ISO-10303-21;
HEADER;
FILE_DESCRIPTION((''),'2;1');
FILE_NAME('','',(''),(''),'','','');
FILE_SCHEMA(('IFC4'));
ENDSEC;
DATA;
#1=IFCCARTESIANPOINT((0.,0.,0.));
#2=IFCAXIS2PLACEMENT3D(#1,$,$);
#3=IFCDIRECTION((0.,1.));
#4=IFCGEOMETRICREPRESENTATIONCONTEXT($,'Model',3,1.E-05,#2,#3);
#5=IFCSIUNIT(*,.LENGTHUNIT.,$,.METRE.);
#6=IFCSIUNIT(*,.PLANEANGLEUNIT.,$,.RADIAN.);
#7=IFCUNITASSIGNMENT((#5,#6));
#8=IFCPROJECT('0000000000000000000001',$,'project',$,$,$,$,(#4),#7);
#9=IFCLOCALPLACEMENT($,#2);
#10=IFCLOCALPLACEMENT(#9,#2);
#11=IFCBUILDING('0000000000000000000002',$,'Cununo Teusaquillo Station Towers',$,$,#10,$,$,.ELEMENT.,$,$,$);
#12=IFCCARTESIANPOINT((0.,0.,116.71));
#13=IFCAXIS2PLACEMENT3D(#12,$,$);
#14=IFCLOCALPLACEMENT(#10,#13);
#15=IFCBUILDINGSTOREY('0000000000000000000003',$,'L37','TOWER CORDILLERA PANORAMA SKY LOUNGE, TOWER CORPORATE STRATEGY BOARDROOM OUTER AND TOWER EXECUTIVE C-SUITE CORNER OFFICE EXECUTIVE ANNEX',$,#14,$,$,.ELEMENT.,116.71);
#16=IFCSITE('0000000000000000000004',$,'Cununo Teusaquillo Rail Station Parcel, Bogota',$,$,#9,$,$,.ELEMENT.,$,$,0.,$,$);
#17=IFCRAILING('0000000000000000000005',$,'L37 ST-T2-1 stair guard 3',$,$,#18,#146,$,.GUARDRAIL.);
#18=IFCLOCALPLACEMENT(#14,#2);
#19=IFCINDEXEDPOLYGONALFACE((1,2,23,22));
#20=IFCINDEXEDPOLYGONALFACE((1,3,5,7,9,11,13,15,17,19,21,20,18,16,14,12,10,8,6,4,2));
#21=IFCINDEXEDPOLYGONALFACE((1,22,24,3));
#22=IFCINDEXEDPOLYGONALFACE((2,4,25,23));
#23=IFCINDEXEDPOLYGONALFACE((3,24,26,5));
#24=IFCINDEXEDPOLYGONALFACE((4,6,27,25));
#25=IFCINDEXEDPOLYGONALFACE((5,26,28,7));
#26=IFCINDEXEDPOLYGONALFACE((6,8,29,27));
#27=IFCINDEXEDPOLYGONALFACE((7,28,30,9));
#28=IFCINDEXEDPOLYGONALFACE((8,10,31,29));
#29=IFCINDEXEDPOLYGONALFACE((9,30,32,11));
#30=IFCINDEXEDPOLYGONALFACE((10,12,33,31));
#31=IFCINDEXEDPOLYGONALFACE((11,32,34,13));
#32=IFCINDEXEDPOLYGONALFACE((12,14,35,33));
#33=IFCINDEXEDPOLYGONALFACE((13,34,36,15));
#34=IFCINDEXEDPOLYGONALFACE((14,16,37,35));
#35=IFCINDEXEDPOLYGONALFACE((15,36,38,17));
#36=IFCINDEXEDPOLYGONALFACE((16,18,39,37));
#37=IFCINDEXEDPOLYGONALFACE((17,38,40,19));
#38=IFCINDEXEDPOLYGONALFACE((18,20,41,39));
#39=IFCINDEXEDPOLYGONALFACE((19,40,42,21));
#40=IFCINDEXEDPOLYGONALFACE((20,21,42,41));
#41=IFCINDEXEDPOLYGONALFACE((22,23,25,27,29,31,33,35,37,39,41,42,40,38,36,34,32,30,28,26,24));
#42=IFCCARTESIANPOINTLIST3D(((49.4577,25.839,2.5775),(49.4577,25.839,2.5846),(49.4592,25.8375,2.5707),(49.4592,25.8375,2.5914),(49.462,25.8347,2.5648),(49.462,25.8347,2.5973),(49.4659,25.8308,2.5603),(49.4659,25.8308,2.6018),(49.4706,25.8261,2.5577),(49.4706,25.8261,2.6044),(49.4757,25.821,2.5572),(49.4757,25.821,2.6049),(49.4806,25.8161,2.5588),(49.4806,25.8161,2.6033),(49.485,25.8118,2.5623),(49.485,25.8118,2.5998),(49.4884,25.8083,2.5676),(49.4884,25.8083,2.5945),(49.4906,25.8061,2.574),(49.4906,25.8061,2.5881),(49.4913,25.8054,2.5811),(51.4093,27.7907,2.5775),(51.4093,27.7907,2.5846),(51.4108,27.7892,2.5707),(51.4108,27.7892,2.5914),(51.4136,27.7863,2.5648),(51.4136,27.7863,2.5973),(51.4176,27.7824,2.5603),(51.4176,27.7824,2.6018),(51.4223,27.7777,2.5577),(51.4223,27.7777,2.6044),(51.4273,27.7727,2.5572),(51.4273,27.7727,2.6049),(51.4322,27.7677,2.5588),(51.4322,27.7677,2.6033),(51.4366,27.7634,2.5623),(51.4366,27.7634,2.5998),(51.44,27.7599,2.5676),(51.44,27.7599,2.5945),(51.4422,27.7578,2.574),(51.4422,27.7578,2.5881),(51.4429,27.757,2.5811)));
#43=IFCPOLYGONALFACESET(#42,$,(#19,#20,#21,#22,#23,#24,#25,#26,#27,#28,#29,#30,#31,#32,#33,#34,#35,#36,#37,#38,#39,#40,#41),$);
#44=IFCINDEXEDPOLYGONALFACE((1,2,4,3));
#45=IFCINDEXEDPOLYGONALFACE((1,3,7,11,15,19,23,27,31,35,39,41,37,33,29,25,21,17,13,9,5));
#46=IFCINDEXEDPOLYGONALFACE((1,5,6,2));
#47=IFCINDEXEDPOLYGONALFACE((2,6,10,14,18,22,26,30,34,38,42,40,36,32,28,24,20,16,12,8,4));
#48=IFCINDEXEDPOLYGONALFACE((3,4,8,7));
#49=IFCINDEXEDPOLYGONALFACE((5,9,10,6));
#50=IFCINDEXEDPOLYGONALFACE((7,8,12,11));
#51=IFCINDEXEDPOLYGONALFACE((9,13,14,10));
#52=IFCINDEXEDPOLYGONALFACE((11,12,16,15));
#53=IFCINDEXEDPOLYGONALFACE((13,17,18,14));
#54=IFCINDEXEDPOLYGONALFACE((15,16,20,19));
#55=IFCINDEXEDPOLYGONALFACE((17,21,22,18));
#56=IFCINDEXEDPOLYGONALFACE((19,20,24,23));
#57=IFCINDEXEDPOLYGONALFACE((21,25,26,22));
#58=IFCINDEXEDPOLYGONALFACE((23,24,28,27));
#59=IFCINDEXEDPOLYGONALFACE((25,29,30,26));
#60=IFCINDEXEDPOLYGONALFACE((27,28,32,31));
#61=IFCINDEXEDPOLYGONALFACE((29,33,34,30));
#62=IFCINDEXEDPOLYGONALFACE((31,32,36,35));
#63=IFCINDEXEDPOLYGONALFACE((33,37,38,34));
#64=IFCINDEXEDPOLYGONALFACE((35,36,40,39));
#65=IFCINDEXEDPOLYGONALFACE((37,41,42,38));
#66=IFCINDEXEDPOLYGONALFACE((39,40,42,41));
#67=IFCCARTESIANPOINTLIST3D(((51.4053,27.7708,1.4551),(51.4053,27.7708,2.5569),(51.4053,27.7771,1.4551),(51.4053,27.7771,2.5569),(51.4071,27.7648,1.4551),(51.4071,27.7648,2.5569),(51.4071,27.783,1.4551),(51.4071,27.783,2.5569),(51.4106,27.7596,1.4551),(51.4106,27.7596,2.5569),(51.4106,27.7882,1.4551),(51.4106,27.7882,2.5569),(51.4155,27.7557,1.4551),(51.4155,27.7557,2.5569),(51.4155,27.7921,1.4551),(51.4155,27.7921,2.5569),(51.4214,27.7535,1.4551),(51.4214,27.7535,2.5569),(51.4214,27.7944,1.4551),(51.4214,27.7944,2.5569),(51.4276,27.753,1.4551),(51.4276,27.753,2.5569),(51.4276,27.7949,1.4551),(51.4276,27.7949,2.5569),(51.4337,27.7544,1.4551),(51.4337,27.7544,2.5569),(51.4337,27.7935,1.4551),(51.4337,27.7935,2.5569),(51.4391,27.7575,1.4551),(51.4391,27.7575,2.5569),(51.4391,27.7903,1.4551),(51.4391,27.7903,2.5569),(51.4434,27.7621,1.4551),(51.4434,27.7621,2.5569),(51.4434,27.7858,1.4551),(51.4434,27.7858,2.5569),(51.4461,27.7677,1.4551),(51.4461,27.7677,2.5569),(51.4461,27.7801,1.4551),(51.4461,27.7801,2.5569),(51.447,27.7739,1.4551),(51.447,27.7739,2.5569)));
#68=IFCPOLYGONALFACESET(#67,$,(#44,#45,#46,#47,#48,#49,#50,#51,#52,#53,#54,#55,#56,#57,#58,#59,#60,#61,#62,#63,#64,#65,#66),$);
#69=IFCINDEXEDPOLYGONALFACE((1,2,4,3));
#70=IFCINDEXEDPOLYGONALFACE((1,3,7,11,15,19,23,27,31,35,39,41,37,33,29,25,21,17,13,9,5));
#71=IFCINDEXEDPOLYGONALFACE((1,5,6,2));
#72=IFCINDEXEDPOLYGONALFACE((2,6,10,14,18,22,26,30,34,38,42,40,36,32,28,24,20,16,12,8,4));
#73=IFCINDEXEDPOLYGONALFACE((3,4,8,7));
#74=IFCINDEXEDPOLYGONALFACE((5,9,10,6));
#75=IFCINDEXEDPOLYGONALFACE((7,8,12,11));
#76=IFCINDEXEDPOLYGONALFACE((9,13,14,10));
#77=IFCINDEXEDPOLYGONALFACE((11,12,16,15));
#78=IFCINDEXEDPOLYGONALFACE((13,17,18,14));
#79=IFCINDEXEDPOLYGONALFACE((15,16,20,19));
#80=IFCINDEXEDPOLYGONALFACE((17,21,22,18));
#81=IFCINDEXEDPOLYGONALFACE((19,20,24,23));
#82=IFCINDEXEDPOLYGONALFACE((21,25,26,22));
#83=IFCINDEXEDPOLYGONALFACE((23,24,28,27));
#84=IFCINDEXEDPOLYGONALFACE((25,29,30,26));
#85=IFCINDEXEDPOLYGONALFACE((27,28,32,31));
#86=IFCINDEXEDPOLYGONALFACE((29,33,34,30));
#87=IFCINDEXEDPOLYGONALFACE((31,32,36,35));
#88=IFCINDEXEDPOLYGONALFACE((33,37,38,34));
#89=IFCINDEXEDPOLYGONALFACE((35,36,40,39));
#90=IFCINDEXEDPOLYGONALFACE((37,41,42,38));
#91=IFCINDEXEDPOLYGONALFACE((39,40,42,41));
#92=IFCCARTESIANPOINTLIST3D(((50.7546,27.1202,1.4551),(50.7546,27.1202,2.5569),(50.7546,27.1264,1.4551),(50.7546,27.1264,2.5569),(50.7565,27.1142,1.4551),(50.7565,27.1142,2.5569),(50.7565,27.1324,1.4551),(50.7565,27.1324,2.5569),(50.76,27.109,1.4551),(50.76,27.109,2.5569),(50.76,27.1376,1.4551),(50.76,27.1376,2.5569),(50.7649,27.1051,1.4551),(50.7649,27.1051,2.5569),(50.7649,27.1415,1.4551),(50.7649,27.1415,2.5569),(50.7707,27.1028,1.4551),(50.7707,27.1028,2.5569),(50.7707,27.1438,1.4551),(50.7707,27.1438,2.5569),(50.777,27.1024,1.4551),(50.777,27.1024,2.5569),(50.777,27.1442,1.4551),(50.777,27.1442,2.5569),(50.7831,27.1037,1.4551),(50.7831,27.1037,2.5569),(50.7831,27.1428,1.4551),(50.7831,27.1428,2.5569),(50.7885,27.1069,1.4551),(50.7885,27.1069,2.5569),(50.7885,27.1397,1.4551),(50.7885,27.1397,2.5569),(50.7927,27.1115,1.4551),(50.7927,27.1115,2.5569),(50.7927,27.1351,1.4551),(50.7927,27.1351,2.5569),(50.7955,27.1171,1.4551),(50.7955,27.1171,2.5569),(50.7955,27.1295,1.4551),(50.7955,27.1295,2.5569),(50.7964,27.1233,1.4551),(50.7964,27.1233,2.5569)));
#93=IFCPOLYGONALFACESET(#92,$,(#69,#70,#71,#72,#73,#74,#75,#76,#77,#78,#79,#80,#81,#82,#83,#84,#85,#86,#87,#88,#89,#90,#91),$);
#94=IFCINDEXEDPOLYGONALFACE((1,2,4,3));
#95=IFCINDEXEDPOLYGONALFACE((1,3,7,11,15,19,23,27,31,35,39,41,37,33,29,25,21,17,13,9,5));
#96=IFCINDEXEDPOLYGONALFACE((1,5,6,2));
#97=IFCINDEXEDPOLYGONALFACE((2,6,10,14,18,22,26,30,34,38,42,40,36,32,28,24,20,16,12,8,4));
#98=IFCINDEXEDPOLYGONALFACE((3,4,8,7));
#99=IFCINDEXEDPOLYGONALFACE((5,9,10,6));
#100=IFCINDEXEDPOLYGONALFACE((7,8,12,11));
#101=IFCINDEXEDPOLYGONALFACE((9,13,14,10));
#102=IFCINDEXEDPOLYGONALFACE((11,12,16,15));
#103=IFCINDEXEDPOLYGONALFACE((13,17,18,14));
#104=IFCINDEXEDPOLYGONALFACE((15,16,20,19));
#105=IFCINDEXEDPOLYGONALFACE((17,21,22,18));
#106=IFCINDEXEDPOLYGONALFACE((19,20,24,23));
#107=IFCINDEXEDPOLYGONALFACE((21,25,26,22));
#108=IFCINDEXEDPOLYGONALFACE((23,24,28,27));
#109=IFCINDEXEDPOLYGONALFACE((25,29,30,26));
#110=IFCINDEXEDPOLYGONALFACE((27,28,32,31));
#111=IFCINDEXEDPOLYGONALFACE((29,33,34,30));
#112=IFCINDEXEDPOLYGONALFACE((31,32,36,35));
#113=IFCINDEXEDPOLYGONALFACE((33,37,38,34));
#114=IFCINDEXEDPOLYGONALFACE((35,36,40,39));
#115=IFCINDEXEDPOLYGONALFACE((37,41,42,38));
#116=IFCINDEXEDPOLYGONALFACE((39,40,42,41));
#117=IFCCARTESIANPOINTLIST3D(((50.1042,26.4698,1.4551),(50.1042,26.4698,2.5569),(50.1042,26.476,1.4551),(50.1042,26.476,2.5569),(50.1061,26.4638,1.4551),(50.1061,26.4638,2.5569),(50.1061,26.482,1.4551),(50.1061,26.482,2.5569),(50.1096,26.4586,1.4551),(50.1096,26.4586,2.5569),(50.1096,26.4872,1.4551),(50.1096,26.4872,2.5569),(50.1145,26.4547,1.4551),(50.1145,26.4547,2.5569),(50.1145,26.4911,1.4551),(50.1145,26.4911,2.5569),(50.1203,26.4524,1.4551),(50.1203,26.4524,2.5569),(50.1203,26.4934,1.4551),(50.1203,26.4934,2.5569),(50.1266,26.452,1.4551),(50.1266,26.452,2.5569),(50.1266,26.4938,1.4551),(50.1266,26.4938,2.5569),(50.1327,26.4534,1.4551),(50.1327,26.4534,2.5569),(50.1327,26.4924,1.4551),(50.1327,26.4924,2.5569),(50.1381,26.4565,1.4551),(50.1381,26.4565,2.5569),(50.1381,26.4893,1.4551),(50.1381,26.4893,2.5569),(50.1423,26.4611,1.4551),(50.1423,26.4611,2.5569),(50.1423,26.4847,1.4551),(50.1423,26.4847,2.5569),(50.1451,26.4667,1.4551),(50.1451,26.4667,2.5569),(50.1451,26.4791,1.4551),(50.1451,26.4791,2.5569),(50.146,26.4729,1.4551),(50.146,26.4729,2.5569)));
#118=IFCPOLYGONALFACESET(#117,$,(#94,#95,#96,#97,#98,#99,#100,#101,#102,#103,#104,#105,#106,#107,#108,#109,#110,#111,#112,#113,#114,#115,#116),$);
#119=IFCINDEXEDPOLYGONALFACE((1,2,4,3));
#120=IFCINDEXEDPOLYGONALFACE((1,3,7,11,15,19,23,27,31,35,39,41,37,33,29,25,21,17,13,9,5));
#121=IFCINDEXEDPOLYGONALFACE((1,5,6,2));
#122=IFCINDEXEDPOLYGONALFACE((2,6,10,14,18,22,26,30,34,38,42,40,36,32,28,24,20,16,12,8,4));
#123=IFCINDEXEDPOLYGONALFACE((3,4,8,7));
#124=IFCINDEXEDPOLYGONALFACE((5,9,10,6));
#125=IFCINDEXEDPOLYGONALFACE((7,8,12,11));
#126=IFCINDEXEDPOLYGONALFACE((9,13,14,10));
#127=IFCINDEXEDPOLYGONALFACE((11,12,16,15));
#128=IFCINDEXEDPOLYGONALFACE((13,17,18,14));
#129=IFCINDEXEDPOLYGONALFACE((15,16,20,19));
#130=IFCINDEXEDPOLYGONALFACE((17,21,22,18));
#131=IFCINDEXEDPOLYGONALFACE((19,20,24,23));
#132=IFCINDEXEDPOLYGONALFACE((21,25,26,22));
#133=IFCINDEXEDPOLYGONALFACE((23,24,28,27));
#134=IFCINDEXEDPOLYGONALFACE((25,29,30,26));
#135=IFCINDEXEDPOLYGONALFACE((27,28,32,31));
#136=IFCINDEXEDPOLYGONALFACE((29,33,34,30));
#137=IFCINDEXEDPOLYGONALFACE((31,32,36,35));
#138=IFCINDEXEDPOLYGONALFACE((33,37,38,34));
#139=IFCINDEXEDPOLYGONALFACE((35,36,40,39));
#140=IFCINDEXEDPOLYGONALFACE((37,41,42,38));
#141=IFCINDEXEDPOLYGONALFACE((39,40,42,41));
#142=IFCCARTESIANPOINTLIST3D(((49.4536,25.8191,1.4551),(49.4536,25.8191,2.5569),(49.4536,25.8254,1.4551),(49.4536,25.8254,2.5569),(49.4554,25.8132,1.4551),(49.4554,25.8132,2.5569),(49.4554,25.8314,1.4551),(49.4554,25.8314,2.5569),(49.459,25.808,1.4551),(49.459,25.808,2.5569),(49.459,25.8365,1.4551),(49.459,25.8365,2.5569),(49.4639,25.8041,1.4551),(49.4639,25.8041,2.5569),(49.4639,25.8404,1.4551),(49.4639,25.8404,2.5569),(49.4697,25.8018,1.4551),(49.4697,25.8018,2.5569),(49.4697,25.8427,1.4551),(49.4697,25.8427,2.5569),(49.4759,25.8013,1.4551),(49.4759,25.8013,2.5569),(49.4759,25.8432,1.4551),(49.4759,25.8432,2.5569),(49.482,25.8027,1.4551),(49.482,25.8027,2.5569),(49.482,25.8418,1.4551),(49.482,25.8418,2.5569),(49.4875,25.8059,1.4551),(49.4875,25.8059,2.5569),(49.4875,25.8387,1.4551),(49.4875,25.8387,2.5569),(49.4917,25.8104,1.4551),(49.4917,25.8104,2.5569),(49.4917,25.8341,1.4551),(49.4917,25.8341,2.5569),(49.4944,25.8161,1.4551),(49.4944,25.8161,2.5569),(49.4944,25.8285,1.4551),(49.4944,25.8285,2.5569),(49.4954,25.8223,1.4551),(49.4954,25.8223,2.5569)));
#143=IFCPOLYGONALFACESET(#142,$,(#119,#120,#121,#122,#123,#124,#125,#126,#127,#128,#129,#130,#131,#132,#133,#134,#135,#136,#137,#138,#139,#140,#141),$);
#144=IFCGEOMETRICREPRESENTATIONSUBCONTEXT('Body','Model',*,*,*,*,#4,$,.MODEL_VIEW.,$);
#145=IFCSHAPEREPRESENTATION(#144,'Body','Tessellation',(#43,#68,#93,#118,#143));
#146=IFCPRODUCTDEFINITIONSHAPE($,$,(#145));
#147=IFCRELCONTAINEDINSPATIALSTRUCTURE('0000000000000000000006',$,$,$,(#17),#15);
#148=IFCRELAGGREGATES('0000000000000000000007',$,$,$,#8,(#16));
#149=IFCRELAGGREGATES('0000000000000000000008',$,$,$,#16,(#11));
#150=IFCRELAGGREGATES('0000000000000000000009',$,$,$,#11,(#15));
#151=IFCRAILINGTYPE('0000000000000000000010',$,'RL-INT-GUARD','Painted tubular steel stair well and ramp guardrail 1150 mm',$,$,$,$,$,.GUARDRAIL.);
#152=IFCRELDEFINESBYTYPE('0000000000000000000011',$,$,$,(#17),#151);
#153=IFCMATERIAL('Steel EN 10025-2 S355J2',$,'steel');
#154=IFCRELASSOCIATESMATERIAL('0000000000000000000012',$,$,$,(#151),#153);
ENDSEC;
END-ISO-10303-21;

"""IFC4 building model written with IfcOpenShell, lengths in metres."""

from ifc_helpers import new_model, si_unit, direction, frame, origin, origin_2d, place, context, subcontext, project, spatial, circle, extrude, material, type_object, element, save


model = new_model("IFC4")

# Units and contexts
model_context = context("Model", 3, precision=1e-05, world=origin(), true_north=direction((0.0, 1.0)))
body_context = subcontext(model_context, "Body", "Model", "MODEL_VIEW")
ifc_project = project(units=[si_unit("LENGTHUNIT", "METRE"), si_unit("PLANEANGLEUNIT", "RADIAN")], contexts=[model_context])

# Site, building, storey
site_placement = place(None, origin())
site = spatial("IfcSite", under=ifc_project, at=site_placement, Name="Cununo Teusaquillo Rail Station Parcel, Bogota", CompositionType="ELEMENT", RefElevation=0.0)
building_placement = place(site_placement, origin())
building = spatial("IfcBuilding", under=site, at=building_placement, Name="Cununo Teusaquillo Station Towers", CompositionType="ELEMENT")
storey_placement = place(building_placement, frame((0.0, 0.0, 116.71)))
storey = spatial("IfcBuildingStorey", under=building, at=storey_placement, Name="L37", Description="TOWER CORDILLERA PANORAMA SKY LOUNGE, TOWER CORPORATE STRATEGY BOARDROOM OUTER AND TOWER EXECUTIVE C-SUITE CORNER OFFICE EXECUTIVE ANNEX", CompositionType="ELEMENT", Elevation=116.71)

# Railing
ifc_material_1 = material(Name="Steel EN 10025-2 S355J2", Category="steel")
railing_type = type_object("IfcRailingType", Name="RL-INT-GUARD", Description="Painted tubular steel stair well and ramp guardrail 1150 mm", PredefinedType="GUARDRAIL", material=ifc_material_1)
railing_1_placement = place(storey_placement, frame((51.426, 27.7739, 1.4551)))
element("IfcRailing", 1, at=railing_1_placement, inside=storey, type_object=railing_type, Name="L37 ST-T2-1 stair guard 3", PredefinedType="GUARDRAIL", context=body_context, shape_type="SweptSolid", body=[
    extrude(circle(Radius=0.0239, at=origin_2d()), frame((0.0, 0.0, 1.126), z_axis=(-0.707107, -0.707107, 0.0), x_axis=(0.707107, -0.707107, 0.0)), (0.0, 0.0, 1.0), 2.76),
    extrude(circle(Radius=0.021, at=origin_2d()), origin(), (0.0, 0.0, 1.0), 1.1018),
    extrude(circle(Radius=0.021, at=origin_2d()), frame((-0.6506, -0.6506, 0.0)), (0.0, 0.0, 1.0), 1.1018),
    extrude(circle(Radius=0.021, at=origin_2d()), frame((-1.301, -1.301, 0.0)), (0.0, 0.0, 1.0), 1.1018),
    extrude(circle(Radius=0.021, at=origin_2d()), frame((-1.9517, -1.9517, 0.0)), (0.0, 0.0, 1.0), 1.1018),
])

save(model, "model.ifc")
